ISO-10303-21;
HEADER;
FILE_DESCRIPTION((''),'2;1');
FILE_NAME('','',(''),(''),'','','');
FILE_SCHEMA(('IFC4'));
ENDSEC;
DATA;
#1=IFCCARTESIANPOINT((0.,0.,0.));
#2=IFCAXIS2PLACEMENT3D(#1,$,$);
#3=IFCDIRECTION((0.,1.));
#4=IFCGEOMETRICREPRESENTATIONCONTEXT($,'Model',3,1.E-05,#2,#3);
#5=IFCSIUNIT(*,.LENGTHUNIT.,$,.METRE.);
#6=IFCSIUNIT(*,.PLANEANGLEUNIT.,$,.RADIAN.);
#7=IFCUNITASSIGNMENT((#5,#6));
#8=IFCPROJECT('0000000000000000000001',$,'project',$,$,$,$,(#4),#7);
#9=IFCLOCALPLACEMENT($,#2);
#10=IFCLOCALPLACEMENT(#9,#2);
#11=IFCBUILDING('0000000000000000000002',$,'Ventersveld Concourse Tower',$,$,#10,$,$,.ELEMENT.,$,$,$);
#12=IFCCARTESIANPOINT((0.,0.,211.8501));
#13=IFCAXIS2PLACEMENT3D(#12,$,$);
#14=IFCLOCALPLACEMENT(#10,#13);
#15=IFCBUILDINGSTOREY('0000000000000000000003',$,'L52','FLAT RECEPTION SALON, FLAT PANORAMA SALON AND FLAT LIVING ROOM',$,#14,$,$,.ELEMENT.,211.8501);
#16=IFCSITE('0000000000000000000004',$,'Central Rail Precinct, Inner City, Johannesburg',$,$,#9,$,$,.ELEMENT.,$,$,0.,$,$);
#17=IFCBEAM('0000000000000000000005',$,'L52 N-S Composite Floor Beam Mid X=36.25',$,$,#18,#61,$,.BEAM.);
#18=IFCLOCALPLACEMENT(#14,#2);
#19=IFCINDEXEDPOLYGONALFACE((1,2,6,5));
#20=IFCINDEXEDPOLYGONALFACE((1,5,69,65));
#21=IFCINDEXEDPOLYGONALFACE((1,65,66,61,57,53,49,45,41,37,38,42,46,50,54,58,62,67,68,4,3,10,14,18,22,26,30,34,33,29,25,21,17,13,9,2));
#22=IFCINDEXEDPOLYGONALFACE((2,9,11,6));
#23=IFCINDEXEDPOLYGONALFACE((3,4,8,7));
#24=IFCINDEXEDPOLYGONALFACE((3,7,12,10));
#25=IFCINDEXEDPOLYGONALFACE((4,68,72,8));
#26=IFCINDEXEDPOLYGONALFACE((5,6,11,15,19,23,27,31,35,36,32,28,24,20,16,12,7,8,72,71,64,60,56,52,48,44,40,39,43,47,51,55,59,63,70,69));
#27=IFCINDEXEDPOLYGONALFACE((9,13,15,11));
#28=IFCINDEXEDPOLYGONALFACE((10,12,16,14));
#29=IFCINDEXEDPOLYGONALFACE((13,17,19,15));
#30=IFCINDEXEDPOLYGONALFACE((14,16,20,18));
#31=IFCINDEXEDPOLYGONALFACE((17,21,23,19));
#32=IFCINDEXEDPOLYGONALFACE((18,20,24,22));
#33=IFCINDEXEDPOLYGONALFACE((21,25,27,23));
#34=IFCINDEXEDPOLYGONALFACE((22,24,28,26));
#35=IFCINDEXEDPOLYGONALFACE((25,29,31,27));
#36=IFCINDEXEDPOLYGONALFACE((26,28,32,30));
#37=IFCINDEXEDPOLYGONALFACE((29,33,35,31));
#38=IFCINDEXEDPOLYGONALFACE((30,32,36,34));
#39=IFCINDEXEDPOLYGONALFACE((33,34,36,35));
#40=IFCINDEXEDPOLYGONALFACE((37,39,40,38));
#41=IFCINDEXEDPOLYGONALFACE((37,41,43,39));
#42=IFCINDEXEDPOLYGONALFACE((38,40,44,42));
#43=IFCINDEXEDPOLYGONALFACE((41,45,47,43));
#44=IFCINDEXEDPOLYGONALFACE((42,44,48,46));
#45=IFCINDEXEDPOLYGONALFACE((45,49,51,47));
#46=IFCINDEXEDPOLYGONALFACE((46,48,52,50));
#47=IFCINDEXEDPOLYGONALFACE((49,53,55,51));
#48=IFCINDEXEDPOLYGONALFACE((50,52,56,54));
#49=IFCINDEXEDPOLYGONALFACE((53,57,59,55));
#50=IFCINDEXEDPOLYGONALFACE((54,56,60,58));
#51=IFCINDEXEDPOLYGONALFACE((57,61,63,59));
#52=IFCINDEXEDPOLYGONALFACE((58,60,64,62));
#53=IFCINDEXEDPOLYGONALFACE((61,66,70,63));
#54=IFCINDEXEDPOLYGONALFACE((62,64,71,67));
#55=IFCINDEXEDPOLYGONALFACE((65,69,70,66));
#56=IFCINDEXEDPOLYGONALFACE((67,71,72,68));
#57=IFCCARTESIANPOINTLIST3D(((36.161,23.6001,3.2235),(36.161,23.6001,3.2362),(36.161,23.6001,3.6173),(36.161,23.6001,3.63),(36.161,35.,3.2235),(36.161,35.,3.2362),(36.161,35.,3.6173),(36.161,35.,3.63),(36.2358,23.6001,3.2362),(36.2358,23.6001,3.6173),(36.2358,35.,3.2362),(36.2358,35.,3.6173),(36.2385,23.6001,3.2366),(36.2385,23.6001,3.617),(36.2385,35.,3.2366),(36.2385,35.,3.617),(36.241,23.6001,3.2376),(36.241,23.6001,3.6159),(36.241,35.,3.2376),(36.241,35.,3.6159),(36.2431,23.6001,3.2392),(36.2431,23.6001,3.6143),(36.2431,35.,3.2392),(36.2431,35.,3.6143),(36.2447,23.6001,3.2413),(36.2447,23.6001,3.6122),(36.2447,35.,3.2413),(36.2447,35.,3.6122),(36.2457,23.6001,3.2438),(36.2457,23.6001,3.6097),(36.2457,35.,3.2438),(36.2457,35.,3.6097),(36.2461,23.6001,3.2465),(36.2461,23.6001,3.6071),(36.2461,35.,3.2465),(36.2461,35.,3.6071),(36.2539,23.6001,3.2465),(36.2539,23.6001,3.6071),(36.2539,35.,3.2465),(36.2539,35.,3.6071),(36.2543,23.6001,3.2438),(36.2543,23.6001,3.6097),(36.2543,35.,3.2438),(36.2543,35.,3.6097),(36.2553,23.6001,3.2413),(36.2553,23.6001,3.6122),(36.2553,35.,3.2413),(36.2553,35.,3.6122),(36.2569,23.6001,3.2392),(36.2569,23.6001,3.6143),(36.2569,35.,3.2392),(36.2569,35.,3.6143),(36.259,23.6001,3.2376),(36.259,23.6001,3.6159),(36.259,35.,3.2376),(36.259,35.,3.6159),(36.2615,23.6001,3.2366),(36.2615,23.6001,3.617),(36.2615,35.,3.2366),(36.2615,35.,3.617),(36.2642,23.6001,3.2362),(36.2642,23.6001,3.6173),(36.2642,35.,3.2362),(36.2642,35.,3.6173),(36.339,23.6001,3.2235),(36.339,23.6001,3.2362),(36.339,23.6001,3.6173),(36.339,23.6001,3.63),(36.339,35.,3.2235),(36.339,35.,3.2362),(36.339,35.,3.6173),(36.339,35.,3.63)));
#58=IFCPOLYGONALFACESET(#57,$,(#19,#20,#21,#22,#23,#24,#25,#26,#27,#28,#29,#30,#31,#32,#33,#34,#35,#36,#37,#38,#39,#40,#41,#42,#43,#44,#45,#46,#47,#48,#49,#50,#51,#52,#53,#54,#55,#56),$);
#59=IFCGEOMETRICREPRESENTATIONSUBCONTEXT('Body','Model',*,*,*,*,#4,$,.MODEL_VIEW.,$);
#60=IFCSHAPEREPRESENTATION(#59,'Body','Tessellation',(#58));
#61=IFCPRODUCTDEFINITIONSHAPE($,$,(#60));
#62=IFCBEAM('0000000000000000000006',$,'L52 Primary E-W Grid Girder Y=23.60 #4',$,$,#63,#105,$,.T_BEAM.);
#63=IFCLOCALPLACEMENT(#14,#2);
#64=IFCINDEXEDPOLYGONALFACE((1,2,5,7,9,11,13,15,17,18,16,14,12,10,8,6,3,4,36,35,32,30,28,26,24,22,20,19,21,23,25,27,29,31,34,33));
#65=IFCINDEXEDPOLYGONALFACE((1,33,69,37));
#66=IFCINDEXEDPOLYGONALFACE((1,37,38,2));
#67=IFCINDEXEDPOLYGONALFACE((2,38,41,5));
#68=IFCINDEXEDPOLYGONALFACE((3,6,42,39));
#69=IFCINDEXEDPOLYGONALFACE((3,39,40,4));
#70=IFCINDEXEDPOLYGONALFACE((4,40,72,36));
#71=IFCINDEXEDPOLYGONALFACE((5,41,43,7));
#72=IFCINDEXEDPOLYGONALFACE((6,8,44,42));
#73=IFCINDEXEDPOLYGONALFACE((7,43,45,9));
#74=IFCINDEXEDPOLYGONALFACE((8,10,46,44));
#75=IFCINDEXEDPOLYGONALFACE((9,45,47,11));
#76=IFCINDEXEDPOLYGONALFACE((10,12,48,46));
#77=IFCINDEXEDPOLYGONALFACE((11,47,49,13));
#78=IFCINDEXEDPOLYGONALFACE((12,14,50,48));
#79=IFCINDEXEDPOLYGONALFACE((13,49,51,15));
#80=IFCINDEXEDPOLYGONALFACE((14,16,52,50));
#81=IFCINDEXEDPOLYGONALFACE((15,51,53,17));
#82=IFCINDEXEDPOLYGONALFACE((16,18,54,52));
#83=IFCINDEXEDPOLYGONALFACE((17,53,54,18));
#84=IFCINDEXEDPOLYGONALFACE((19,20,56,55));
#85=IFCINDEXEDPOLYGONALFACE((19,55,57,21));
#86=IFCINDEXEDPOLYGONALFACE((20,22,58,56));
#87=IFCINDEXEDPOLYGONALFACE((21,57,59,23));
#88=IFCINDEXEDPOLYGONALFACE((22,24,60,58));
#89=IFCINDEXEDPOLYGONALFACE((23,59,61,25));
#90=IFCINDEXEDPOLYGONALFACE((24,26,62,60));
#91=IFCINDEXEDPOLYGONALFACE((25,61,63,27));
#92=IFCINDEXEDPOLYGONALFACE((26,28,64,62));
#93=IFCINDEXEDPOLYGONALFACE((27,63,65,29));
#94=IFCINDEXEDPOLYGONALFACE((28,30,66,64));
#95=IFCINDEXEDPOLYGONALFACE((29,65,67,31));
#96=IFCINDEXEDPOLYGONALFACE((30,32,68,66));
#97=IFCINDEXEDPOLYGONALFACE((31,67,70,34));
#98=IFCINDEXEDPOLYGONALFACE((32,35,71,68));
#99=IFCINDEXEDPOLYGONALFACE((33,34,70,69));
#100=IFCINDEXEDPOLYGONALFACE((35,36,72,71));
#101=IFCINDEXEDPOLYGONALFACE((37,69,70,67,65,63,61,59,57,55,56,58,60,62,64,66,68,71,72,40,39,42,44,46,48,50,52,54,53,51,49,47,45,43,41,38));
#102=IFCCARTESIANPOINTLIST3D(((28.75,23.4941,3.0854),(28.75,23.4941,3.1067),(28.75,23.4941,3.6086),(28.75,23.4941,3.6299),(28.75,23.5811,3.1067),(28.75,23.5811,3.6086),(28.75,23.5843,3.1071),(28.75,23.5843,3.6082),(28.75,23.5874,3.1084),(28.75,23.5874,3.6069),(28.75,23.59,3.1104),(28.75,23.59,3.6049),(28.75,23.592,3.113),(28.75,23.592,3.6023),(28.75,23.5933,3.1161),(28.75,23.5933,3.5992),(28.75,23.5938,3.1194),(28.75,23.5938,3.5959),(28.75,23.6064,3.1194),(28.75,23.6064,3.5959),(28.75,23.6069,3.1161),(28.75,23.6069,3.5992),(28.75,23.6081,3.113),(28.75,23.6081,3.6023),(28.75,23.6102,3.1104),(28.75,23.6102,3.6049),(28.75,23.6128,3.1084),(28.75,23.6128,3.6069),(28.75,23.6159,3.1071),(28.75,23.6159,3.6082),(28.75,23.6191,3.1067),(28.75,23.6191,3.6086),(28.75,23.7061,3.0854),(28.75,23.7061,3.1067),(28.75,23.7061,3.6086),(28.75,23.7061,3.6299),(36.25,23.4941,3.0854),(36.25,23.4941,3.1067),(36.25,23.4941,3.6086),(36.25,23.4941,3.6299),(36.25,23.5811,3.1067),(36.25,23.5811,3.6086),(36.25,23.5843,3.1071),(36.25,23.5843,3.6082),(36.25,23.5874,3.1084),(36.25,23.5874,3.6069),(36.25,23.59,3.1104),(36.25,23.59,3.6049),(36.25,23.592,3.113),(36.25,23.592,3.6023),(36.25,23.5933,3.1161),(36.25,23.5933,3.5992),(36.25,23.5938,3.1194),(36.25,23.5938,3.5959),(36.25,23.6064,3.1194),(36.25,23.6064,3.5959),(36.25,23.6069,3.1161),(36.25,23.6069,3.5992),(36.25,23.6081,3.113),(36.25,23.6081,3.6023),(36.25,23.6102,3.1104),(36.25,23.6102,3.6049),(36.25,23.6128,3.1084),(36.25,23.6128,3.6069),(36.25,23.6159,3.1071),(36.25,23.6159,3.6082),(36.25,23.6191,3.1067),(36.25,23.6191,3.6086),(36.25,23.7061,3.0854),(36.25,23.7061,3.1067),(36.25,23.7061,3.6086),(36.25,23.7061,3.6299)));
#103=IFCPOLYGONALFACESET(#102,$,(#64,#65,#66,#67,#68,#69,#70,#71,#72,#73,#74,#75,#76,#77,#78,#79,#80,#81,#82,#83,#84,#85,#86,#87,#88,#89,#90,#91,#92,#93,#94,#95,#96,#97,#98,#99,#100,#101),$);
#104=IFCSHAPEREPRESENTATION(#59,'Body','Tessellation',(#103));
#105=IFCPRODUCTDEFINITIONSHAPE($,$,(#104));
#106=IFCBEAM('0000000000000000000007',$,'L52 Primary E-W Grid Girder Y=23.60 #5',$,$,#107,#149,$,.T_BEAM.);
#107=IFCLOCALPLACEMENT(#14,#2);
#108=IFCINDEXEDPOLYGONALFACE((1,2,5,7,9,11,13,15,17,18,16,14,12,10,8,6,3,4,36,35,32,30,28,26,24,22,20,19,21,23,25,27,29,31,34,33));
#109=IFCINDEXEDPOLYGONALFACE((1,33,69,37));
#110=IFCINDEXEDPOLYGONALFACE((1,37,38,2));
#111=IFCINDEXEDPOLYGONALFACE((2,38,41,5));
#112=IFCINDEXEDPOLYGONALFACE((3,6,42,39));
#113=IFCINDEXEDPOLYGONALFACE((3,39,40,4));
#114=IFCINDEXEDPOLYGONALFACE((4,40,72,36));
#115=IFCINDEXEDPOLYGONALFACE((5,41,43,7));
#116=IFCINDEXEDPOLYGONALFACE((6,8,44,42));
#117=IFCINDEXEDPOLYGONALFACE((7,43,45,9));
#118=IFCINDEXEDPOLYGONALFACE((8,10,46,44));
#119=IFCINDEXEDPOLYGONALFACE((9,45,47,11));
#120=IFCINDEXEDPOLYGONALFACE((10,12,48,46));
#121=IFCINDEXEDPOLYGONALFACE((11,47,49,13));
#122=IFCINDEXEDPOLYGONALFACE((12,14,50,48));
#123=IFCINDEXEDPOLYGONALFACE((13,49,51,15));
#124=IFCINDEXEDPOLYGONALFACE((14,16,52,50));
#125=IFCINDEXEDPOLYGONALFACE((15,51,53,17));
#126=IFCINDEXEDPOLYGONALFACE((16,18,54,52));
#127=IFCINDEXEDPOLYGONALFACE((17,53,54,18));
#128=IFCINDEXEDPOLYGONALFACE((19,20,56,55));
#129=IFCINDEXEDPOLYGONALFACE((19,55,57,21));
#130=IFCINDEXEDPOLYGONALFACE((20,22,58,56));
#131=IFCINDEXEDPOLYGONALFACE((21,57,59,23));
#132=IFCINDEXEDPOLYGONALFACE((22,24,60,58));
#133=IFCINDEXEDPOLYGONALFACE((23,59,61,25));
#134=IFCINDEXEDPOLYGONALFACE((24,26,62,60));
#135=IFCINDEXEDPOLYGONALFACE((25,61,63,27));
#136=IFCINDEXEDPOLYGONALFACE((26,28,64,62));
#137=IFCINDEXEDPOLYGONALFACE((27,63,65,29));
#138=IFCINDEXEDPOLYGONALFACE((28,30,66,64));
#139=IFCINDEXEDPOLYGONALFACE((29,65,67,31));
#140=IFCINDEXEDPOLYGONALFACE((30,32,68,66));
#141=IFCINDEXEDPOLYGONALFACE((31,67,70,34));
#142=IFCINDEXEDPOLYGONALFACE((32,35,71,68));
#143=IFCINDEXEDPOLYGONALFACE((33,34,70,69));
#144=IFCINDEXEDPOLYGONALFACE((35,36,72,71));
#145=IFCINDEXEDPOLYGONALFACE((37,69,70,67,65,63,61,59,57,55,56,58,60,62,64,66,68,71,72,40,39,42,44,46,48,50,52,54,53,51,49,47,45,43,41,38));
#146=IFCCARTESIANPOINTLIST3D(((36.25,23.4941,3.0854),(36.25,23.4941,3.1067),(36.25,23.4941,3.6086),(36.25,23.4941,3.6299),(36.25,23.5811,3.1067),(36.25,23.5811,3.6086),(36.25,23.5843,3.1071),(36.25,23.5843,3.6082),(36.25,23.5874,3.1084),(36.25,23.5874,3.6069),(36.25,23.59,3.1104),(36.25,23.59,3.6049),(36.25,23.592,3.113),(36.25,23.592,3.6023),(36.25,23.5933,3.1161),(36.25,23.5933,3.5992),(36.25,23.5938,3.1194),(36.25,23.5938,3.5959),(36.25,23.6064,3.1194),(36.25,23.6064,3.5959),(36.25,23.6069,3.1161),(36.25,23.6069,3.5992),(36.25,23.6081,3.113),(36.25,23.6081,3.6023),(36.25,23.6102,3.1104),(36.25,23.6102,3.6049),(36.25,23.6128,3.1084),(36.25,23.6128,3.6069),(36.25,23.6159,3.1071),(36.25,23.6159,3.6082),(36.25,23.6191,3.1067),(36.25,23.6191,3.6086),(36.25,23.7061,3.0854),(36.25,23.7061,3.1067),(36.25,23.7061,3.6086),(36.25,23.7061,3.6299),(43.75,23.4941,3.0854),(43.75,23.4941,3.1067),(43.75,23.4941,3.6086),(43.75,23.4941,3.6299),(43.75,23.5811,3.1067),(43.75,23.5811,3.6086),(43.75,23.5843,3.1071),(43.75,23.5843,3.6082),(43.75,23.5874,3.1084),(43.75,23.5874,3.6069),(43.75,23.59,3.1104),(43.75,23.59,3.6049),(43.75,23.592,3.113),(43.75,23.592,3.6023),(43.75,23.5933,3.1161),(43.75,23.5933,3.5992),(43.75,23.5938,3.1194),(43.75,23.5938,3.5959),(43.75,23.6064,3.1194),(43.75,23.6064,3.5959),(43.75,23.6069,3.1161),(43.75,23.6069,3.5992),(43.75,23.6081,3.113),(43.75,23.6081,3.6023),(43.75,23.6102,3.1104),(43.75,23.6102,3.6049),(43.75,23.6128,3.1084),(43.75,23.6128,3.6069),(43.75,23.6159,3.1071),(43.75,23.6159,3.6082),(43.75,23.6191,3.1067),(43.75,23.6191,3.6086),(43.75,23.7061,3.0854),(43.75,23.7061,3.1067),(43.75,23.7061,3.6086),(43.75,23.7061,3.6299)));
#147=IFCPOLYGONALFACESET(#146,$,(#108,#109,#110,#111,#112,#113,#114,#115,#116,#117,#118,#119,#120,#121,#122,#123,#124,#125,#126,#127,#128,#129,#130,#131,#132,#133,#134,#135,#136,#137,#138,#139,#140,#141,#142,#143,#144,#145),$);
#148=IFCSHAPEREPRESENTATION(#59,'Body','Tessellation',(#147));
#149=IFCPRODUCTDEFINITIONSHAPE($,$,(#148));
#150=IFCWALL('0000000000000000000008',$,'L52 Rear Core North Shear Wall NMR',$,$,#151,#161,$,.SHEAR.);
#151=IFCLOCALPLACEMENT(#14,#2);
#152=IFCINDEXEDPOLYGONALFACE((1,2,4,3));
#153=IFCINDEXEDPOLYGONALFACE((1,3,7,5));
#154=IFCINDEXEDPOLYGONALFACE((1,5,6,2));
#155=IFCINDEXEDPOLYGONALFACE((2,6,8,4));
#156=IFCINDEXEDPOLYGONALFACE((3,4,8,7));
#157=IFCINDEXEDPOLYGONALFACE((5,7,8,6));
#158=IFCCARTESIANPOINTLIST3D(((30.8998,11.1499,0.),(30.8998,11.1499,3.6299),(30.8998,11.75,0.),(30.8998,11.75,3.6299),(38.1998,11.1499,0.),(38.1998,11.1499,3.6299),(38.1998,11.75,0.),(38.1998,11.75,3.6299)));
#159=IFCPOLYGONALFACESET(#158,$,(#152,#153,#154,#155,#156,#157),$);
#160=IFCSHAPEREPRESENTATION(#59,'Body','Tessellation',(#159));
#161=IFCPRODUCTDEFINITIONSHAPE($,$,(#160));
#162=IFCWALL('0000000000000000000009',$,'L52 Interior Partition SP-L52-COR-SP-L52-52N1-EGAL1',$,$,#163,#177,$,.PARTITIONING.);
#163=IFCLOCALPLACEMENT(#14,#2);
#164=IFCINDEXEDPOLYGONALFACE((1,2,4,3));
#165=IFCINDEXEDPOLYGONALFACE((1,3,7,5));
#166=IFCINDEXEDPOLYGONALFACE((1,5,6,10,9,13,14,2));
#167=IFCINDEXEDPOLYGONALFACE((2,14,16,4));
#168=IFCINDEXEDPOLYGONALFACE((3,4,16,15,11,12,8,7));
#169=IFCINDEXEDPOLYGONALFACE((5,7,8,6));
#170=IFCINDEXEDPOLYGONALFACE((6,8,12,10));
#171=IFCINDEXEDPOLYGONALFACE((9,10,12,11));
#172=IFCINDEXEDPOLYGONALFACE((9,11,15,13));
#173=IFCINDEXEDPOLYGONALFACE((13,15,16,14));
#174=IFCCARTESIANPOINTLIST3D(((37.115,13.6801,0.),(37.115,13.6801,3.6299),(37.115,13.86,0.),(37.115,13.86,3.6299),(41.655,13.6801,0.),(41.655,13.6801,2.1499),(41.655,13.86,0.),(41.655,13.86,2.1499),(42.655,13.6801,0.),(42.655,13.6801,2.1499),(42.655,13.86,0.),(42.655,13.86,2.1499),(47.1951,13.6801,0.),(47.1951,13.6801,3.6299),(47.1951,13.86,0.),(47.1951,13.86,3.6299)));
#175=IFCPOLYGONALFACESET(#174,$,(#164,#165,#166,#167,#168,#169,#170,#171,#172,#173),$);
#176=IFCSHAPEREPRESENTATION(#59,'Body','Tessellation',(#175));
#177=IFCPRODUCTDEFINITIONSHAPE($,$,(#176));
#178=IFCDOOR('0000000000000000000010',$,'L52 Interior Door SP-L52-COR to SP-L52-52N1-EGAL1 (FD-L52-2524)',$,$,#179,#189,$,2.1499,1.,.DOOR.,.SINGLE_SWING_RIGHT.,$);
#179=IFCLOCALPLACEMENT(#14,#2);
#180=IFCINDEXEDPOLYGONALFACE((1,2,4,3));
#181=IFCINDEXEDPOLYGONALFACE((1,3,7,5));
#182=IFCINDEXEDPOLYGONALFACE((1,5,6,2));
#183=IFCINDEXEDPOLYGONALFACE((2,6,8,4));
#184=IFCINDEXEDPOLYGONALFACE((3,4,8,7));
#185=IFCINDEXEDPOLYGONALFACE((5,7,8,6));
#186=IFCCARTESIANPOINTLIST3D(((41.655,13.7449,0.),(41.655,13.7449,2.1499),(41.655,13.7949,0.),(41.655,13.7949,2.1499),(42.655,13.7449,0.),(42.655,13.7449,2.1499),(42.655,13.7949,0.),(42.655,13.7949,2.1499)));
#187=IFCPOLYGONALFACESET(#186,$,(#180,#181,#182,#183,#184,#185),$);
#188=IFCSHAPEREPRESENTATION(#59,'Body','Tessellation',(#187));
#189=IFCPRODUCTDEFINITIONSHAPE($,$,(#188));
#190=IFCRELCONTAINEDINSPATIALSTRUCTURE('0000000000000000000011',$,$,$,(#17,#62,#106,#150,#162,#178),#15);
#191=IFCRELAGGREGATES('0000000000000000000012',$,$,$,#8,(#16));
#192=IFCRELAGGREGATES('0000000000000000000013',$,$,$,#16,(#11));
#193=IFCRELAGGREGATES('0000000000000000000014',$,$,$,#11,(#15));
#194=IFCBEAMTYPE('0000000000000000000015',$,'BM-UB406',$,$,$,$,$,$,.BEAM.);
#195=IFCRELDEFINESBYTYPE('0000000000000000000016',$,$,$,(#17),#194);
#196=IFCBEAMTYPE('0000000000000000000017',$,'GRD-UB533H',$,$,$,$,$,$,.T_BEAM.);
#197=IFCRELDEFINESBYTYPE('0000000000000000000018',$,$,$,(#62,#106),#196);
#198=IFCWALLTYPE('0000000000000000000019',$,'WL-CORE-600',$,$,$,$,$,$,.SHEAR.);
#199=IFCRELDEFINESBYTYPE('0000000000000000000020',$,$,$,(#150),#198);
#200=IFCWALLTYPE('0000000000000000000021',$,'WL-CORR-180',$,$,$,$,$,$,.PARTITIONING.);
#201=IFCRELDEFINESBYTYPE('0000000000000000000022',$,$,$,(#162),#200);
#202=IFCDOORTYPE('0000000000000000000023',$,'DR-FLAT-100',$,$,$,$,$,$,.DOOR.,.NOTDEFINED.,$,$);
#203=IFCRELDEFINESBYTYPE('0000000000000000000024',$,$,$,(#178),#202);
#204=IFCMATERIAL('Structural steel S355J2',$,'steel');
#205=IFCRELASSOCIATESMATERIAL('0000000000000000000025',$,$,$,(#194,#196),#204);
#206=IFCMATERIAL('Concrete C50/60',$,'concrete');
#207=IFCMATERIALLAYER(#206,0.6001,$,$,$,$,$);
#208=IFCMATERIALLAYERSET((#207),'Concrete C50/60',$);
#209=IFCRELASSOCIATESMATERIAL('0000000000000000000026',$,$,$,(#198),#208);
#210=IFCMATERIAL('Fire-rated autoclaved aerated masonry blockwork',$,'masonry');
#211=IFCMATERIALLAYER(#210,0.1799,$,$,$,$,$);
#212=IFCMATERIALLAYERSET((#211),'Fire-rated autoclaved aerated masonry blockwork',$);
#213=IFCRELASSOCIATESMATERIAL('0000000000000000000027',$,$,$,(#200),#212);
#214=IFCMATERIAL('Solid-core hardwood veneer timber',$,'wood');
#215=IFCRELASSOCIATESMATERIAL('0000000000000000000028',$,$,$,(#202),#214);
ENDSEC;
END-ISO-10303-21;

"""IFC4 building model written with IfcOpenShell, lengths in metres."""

from ifc_helpers import new_model, si_unit, direction, frame, frame_2d, origin, origin_2d, place, context, subcontext, project, spatial, rectangle, i_section, extrude, material, layer, layer_set, material_profile, profile_set, type_object, element, fill, save


model = new_model("IFC4")

# Units and contexts
model_context = context("Model", 3, precision=1e-05, world=origin(), true_north=direction((0.0, 1.0)))
body_context = subcontext(model_context, "Body", "Model", "MODEL_VIEW")
ifc_project = project(units=[si_unit("LENGTHUNIT", "METRE"), si_unit("PLANEANGLEUNIT", "RADIAN")], contexts=[model_context])

# Site, building, storey
site_placement = place(None, origin())
site = spatial("IfcSite", under=ifc_project, at=site_placement, Name="Central Rail Precinct, Inner City, Johannesburg", CompositionType="ELEMENT", RefElevation=0.0)
building_placement = place(site_placement, origin())
building = spatial("IfcBuilding", under=site, at=building_placement, Name="Ventersveld Concourse Tower", CompositionType="ELEMENT")
storey_placement = place(building_placement, frame((0.0, 0.0, 211.8501)))
storey = spatial("IfcBuildingStorey", under=building, at=storey_placement, Name="L52", Description="FLAT RECEPTION SALON, FLAT PANORAMA SALON AND FLAT LIVING ROOM", CompositionType="ELEMENT", Elevation=211.8501)

# Shared definitions
ifc_material_1 = material(Name="Concrete C50/60", Category="concrete")

# Beams
ifc_material_2 = material(Name="Structural steel S355J2", Category="steel")
ifc_material_profile_1 = material_profile(ifc_material_2, i_section(OverallWidth=0.178, OverallDepth=0.4065, WebThickness=0.0078, FlangeThickness=0.0127, FilletRadius=0.0103, at=origin_2d()), Name="UB 406x178x60")
ifc_profile_set_1 = profile_set([ifc_material_profile_1], Name="Structural steel S355J2")
beam_type_1 = type_object("IfcBeamType", Name="BM-UB406", PredefinedType="BEAM", material=ifc_profile_set_1)
beam_1_placement = place(storey_placement, frame((36.25, 23.6001, 3.4268), z_axis=(0.0, 1.0, 0.0), x_axis=(-1.0, 0.0, 0.0)))
element("IfcBeam", 1, at=beam_1_placement, inside=storey, type_object=beam_type_1, Name="L52 N-S Composite Floor Beam Mid X=36.25", PredefinedType="BEAM", context=body_context, shape_type="SweptSolid", body=[
    extrude(i_section(OverallWidth=0.178, OverallDepth=0.4065, WebThickness=0.0078, FlangeThickness=0.0127, FilletRadius=0.0103, at=origin_2d()), origin(), (0.0, 0.0, 1.0), 11.3999),
])
ifc_material_profile_2 = material_profile(ifc_material_2, i_section(OverallWidth=0.2119, OverallDepth=0.5444, WebThickness=0.0127, FlangeThickness=0.0212, FilletRadius=0.0127, at=origin_2d()), Name="UB 533x210x122")
ifc_profile_set_2 = profile_set([ifc_material_profile_2], Name="Structural steel S355J2")
beam_type_2 = type_object("IfcBeamType", Name="GRD-UB533H", PredefinedType="T_BEAM", material=ifc_profile_set_2)
for number, where, z_axis, x_axis, name in (
    (2, (28.75, 23.6001, 3.3577), (1.0, 0.0, 0.0), (0.0, 1.0, 0.0), "L52 Primary E-W Grid Girder Y=23.60 #4"),
    (3, (36.25, 23.6001, 3.3577), (1.0, 0.0, 0.0), (0.0, 1.0, 0.0), "L52 Primary E-W Grid Girder Y=23.60 #5"),
):
    element("IfcBeam", number, at=place(storey_placement, frame(where, z_axis=z_axis, x_axis=x_axis)), inside=storey, type_object=beam_type_2, Name=name, PredefinedType="T_BEAM", context=body_context, shape_type="SweptSolid", body=[
        extrude(i_section(OverallWidth=0.2119, OverallDepth=0.5444, WebThickness=0.0127, FlangeThickness=0.0212, FilletRadius=0.0127, at=origin_2d()), origin(), (0.0, 0.0, 1.0), 7.5),
    ])

# Wall
ifc_layer_1 = layer(ifc_material_1, 0.6001)
ifc_layer_set_1 = layer_set([ifc_layer_1], Name="Concrete C50/60")
wall_type_1 = type_object("IfcWallType", Name="WL-CORE-600", PredefinedType="SHEAR", material=ifc_layer_set_1)
wall_1_placement = place(storey_placement, frame((30.8999, 11.45, 0.0), z_axis=(0.0, 0.0, 1.0), x_axis=(1.0, 0.0, 0.0)))
element("IfcWall", 4, at=wall_1_placement, inside=storey, type_object=wall_type_1, Name="L52 Rear Core North Shear Wall NMR", PredefinedType="SHEAR", context=body_context, shape_type="SweptSolid", body=[
    extrude(rectangle(XDim=7.3, YDim=0.6001, at=frame_2d((3.6499, 0.0))), origin(), (0.0, 0.0, 1.0), 3.6299),
])

# Wall, opening, door
ifc_material_3 = material(Name="Fire-rated autoclaved aerated masonry blockwork", Category="masonry")
ifc_layer_2 = layer(ifc_material_3, 0.1799)
ifc_layer_set_2 = layer_set([ifc_layer_2], Name="Fire-rated autoclaved aerated masonry blockwork")
wall_type_2 = type_object("IfcWallType", Name="WL-CORR-180", PredefinedType="PARTITIONING", material=ifc_layer_set_2)
wall_2_placement = place(storey_placement, frame((37.115, 13.77, 0.0), z_axis=(0.0, 0.0, 1.0), x_axis=(1.0, 0.0, 0.0)))
wall_2 = element("IfcWall", 5, at=wall_2_placement, inside=storey, type_object=wall_type_2, Name="L52 Interior Partition SP-L52-COR-SP-L52-52N1-EGAL1", PredefinedType="PARTITIONING", context=body_context, shape_type="SweptSolid", body=[
    extrude(rectangle(XDim=10.0801, YDim=0.1799, at=frame_2d((5.04, 0.0))), origin(), (0.0, 0.0, 1.0), 3.6299),
])
opening_1_placement = place(wall_2_placement, frame((4.54, 0.0, 0.0)))
opening_1 = element("IfcOpeningElement", 6, at=opening_1_placement, cuts=wall_2, PredefinedType="OPENING", context=body_context, shape_type="SweptSolid", body=[
    extrude(rectangle(XDim=1.0, YDim=2.1499, at=frame_2d((0.5, 1.075))), frame((0.0, 0.1001, 0.0), z_axis=(0.0, -1.0, 0.0), x_axis=(1.0, 0.0, 0.0)), (0.0, 0.0, 1.0), 0.2),
])
ifc_material_4 = material(Name="Solid-core hardwood veneer timber", Category="wood")
door_type_1 = type_object("IfcDoorType", Name="DR-FLAT-100", OperationType="NOTDEFINED", PredefinedType="DOOR", material=ifc_material_4)
door_1_placement = place(opening_1_placement, origin())
door_1 = element("IfcDoor", 7, at=door_1_placement, inside=storey, type_object=door_type_1, Name="L52 Interior Door SP-L52-COR to SP-L52-52N1-EGAL1 (FD-L52-2524)", OperationType="SINGLE_SWING_RIGHT", OverallHeight=2.1499, OverallWidth=1.0, PredefinedType="DOOR", context=body_context, shape_type="SweptSolid", body=[
    extrude(rectangle(XDim=1.0, YDim=2.1499, at=frame_2d((0.5, 1.075))), frame((0.0, 0.0249, 0.0), z_axis=(0.0, -1.0, 0.0), x_axis=(1.0, 0.0, 0.0)), (0.0, 0.0, 1.0), 0.05),
])
fill(opening_1, door_1)

save(model, "model.ifc")
